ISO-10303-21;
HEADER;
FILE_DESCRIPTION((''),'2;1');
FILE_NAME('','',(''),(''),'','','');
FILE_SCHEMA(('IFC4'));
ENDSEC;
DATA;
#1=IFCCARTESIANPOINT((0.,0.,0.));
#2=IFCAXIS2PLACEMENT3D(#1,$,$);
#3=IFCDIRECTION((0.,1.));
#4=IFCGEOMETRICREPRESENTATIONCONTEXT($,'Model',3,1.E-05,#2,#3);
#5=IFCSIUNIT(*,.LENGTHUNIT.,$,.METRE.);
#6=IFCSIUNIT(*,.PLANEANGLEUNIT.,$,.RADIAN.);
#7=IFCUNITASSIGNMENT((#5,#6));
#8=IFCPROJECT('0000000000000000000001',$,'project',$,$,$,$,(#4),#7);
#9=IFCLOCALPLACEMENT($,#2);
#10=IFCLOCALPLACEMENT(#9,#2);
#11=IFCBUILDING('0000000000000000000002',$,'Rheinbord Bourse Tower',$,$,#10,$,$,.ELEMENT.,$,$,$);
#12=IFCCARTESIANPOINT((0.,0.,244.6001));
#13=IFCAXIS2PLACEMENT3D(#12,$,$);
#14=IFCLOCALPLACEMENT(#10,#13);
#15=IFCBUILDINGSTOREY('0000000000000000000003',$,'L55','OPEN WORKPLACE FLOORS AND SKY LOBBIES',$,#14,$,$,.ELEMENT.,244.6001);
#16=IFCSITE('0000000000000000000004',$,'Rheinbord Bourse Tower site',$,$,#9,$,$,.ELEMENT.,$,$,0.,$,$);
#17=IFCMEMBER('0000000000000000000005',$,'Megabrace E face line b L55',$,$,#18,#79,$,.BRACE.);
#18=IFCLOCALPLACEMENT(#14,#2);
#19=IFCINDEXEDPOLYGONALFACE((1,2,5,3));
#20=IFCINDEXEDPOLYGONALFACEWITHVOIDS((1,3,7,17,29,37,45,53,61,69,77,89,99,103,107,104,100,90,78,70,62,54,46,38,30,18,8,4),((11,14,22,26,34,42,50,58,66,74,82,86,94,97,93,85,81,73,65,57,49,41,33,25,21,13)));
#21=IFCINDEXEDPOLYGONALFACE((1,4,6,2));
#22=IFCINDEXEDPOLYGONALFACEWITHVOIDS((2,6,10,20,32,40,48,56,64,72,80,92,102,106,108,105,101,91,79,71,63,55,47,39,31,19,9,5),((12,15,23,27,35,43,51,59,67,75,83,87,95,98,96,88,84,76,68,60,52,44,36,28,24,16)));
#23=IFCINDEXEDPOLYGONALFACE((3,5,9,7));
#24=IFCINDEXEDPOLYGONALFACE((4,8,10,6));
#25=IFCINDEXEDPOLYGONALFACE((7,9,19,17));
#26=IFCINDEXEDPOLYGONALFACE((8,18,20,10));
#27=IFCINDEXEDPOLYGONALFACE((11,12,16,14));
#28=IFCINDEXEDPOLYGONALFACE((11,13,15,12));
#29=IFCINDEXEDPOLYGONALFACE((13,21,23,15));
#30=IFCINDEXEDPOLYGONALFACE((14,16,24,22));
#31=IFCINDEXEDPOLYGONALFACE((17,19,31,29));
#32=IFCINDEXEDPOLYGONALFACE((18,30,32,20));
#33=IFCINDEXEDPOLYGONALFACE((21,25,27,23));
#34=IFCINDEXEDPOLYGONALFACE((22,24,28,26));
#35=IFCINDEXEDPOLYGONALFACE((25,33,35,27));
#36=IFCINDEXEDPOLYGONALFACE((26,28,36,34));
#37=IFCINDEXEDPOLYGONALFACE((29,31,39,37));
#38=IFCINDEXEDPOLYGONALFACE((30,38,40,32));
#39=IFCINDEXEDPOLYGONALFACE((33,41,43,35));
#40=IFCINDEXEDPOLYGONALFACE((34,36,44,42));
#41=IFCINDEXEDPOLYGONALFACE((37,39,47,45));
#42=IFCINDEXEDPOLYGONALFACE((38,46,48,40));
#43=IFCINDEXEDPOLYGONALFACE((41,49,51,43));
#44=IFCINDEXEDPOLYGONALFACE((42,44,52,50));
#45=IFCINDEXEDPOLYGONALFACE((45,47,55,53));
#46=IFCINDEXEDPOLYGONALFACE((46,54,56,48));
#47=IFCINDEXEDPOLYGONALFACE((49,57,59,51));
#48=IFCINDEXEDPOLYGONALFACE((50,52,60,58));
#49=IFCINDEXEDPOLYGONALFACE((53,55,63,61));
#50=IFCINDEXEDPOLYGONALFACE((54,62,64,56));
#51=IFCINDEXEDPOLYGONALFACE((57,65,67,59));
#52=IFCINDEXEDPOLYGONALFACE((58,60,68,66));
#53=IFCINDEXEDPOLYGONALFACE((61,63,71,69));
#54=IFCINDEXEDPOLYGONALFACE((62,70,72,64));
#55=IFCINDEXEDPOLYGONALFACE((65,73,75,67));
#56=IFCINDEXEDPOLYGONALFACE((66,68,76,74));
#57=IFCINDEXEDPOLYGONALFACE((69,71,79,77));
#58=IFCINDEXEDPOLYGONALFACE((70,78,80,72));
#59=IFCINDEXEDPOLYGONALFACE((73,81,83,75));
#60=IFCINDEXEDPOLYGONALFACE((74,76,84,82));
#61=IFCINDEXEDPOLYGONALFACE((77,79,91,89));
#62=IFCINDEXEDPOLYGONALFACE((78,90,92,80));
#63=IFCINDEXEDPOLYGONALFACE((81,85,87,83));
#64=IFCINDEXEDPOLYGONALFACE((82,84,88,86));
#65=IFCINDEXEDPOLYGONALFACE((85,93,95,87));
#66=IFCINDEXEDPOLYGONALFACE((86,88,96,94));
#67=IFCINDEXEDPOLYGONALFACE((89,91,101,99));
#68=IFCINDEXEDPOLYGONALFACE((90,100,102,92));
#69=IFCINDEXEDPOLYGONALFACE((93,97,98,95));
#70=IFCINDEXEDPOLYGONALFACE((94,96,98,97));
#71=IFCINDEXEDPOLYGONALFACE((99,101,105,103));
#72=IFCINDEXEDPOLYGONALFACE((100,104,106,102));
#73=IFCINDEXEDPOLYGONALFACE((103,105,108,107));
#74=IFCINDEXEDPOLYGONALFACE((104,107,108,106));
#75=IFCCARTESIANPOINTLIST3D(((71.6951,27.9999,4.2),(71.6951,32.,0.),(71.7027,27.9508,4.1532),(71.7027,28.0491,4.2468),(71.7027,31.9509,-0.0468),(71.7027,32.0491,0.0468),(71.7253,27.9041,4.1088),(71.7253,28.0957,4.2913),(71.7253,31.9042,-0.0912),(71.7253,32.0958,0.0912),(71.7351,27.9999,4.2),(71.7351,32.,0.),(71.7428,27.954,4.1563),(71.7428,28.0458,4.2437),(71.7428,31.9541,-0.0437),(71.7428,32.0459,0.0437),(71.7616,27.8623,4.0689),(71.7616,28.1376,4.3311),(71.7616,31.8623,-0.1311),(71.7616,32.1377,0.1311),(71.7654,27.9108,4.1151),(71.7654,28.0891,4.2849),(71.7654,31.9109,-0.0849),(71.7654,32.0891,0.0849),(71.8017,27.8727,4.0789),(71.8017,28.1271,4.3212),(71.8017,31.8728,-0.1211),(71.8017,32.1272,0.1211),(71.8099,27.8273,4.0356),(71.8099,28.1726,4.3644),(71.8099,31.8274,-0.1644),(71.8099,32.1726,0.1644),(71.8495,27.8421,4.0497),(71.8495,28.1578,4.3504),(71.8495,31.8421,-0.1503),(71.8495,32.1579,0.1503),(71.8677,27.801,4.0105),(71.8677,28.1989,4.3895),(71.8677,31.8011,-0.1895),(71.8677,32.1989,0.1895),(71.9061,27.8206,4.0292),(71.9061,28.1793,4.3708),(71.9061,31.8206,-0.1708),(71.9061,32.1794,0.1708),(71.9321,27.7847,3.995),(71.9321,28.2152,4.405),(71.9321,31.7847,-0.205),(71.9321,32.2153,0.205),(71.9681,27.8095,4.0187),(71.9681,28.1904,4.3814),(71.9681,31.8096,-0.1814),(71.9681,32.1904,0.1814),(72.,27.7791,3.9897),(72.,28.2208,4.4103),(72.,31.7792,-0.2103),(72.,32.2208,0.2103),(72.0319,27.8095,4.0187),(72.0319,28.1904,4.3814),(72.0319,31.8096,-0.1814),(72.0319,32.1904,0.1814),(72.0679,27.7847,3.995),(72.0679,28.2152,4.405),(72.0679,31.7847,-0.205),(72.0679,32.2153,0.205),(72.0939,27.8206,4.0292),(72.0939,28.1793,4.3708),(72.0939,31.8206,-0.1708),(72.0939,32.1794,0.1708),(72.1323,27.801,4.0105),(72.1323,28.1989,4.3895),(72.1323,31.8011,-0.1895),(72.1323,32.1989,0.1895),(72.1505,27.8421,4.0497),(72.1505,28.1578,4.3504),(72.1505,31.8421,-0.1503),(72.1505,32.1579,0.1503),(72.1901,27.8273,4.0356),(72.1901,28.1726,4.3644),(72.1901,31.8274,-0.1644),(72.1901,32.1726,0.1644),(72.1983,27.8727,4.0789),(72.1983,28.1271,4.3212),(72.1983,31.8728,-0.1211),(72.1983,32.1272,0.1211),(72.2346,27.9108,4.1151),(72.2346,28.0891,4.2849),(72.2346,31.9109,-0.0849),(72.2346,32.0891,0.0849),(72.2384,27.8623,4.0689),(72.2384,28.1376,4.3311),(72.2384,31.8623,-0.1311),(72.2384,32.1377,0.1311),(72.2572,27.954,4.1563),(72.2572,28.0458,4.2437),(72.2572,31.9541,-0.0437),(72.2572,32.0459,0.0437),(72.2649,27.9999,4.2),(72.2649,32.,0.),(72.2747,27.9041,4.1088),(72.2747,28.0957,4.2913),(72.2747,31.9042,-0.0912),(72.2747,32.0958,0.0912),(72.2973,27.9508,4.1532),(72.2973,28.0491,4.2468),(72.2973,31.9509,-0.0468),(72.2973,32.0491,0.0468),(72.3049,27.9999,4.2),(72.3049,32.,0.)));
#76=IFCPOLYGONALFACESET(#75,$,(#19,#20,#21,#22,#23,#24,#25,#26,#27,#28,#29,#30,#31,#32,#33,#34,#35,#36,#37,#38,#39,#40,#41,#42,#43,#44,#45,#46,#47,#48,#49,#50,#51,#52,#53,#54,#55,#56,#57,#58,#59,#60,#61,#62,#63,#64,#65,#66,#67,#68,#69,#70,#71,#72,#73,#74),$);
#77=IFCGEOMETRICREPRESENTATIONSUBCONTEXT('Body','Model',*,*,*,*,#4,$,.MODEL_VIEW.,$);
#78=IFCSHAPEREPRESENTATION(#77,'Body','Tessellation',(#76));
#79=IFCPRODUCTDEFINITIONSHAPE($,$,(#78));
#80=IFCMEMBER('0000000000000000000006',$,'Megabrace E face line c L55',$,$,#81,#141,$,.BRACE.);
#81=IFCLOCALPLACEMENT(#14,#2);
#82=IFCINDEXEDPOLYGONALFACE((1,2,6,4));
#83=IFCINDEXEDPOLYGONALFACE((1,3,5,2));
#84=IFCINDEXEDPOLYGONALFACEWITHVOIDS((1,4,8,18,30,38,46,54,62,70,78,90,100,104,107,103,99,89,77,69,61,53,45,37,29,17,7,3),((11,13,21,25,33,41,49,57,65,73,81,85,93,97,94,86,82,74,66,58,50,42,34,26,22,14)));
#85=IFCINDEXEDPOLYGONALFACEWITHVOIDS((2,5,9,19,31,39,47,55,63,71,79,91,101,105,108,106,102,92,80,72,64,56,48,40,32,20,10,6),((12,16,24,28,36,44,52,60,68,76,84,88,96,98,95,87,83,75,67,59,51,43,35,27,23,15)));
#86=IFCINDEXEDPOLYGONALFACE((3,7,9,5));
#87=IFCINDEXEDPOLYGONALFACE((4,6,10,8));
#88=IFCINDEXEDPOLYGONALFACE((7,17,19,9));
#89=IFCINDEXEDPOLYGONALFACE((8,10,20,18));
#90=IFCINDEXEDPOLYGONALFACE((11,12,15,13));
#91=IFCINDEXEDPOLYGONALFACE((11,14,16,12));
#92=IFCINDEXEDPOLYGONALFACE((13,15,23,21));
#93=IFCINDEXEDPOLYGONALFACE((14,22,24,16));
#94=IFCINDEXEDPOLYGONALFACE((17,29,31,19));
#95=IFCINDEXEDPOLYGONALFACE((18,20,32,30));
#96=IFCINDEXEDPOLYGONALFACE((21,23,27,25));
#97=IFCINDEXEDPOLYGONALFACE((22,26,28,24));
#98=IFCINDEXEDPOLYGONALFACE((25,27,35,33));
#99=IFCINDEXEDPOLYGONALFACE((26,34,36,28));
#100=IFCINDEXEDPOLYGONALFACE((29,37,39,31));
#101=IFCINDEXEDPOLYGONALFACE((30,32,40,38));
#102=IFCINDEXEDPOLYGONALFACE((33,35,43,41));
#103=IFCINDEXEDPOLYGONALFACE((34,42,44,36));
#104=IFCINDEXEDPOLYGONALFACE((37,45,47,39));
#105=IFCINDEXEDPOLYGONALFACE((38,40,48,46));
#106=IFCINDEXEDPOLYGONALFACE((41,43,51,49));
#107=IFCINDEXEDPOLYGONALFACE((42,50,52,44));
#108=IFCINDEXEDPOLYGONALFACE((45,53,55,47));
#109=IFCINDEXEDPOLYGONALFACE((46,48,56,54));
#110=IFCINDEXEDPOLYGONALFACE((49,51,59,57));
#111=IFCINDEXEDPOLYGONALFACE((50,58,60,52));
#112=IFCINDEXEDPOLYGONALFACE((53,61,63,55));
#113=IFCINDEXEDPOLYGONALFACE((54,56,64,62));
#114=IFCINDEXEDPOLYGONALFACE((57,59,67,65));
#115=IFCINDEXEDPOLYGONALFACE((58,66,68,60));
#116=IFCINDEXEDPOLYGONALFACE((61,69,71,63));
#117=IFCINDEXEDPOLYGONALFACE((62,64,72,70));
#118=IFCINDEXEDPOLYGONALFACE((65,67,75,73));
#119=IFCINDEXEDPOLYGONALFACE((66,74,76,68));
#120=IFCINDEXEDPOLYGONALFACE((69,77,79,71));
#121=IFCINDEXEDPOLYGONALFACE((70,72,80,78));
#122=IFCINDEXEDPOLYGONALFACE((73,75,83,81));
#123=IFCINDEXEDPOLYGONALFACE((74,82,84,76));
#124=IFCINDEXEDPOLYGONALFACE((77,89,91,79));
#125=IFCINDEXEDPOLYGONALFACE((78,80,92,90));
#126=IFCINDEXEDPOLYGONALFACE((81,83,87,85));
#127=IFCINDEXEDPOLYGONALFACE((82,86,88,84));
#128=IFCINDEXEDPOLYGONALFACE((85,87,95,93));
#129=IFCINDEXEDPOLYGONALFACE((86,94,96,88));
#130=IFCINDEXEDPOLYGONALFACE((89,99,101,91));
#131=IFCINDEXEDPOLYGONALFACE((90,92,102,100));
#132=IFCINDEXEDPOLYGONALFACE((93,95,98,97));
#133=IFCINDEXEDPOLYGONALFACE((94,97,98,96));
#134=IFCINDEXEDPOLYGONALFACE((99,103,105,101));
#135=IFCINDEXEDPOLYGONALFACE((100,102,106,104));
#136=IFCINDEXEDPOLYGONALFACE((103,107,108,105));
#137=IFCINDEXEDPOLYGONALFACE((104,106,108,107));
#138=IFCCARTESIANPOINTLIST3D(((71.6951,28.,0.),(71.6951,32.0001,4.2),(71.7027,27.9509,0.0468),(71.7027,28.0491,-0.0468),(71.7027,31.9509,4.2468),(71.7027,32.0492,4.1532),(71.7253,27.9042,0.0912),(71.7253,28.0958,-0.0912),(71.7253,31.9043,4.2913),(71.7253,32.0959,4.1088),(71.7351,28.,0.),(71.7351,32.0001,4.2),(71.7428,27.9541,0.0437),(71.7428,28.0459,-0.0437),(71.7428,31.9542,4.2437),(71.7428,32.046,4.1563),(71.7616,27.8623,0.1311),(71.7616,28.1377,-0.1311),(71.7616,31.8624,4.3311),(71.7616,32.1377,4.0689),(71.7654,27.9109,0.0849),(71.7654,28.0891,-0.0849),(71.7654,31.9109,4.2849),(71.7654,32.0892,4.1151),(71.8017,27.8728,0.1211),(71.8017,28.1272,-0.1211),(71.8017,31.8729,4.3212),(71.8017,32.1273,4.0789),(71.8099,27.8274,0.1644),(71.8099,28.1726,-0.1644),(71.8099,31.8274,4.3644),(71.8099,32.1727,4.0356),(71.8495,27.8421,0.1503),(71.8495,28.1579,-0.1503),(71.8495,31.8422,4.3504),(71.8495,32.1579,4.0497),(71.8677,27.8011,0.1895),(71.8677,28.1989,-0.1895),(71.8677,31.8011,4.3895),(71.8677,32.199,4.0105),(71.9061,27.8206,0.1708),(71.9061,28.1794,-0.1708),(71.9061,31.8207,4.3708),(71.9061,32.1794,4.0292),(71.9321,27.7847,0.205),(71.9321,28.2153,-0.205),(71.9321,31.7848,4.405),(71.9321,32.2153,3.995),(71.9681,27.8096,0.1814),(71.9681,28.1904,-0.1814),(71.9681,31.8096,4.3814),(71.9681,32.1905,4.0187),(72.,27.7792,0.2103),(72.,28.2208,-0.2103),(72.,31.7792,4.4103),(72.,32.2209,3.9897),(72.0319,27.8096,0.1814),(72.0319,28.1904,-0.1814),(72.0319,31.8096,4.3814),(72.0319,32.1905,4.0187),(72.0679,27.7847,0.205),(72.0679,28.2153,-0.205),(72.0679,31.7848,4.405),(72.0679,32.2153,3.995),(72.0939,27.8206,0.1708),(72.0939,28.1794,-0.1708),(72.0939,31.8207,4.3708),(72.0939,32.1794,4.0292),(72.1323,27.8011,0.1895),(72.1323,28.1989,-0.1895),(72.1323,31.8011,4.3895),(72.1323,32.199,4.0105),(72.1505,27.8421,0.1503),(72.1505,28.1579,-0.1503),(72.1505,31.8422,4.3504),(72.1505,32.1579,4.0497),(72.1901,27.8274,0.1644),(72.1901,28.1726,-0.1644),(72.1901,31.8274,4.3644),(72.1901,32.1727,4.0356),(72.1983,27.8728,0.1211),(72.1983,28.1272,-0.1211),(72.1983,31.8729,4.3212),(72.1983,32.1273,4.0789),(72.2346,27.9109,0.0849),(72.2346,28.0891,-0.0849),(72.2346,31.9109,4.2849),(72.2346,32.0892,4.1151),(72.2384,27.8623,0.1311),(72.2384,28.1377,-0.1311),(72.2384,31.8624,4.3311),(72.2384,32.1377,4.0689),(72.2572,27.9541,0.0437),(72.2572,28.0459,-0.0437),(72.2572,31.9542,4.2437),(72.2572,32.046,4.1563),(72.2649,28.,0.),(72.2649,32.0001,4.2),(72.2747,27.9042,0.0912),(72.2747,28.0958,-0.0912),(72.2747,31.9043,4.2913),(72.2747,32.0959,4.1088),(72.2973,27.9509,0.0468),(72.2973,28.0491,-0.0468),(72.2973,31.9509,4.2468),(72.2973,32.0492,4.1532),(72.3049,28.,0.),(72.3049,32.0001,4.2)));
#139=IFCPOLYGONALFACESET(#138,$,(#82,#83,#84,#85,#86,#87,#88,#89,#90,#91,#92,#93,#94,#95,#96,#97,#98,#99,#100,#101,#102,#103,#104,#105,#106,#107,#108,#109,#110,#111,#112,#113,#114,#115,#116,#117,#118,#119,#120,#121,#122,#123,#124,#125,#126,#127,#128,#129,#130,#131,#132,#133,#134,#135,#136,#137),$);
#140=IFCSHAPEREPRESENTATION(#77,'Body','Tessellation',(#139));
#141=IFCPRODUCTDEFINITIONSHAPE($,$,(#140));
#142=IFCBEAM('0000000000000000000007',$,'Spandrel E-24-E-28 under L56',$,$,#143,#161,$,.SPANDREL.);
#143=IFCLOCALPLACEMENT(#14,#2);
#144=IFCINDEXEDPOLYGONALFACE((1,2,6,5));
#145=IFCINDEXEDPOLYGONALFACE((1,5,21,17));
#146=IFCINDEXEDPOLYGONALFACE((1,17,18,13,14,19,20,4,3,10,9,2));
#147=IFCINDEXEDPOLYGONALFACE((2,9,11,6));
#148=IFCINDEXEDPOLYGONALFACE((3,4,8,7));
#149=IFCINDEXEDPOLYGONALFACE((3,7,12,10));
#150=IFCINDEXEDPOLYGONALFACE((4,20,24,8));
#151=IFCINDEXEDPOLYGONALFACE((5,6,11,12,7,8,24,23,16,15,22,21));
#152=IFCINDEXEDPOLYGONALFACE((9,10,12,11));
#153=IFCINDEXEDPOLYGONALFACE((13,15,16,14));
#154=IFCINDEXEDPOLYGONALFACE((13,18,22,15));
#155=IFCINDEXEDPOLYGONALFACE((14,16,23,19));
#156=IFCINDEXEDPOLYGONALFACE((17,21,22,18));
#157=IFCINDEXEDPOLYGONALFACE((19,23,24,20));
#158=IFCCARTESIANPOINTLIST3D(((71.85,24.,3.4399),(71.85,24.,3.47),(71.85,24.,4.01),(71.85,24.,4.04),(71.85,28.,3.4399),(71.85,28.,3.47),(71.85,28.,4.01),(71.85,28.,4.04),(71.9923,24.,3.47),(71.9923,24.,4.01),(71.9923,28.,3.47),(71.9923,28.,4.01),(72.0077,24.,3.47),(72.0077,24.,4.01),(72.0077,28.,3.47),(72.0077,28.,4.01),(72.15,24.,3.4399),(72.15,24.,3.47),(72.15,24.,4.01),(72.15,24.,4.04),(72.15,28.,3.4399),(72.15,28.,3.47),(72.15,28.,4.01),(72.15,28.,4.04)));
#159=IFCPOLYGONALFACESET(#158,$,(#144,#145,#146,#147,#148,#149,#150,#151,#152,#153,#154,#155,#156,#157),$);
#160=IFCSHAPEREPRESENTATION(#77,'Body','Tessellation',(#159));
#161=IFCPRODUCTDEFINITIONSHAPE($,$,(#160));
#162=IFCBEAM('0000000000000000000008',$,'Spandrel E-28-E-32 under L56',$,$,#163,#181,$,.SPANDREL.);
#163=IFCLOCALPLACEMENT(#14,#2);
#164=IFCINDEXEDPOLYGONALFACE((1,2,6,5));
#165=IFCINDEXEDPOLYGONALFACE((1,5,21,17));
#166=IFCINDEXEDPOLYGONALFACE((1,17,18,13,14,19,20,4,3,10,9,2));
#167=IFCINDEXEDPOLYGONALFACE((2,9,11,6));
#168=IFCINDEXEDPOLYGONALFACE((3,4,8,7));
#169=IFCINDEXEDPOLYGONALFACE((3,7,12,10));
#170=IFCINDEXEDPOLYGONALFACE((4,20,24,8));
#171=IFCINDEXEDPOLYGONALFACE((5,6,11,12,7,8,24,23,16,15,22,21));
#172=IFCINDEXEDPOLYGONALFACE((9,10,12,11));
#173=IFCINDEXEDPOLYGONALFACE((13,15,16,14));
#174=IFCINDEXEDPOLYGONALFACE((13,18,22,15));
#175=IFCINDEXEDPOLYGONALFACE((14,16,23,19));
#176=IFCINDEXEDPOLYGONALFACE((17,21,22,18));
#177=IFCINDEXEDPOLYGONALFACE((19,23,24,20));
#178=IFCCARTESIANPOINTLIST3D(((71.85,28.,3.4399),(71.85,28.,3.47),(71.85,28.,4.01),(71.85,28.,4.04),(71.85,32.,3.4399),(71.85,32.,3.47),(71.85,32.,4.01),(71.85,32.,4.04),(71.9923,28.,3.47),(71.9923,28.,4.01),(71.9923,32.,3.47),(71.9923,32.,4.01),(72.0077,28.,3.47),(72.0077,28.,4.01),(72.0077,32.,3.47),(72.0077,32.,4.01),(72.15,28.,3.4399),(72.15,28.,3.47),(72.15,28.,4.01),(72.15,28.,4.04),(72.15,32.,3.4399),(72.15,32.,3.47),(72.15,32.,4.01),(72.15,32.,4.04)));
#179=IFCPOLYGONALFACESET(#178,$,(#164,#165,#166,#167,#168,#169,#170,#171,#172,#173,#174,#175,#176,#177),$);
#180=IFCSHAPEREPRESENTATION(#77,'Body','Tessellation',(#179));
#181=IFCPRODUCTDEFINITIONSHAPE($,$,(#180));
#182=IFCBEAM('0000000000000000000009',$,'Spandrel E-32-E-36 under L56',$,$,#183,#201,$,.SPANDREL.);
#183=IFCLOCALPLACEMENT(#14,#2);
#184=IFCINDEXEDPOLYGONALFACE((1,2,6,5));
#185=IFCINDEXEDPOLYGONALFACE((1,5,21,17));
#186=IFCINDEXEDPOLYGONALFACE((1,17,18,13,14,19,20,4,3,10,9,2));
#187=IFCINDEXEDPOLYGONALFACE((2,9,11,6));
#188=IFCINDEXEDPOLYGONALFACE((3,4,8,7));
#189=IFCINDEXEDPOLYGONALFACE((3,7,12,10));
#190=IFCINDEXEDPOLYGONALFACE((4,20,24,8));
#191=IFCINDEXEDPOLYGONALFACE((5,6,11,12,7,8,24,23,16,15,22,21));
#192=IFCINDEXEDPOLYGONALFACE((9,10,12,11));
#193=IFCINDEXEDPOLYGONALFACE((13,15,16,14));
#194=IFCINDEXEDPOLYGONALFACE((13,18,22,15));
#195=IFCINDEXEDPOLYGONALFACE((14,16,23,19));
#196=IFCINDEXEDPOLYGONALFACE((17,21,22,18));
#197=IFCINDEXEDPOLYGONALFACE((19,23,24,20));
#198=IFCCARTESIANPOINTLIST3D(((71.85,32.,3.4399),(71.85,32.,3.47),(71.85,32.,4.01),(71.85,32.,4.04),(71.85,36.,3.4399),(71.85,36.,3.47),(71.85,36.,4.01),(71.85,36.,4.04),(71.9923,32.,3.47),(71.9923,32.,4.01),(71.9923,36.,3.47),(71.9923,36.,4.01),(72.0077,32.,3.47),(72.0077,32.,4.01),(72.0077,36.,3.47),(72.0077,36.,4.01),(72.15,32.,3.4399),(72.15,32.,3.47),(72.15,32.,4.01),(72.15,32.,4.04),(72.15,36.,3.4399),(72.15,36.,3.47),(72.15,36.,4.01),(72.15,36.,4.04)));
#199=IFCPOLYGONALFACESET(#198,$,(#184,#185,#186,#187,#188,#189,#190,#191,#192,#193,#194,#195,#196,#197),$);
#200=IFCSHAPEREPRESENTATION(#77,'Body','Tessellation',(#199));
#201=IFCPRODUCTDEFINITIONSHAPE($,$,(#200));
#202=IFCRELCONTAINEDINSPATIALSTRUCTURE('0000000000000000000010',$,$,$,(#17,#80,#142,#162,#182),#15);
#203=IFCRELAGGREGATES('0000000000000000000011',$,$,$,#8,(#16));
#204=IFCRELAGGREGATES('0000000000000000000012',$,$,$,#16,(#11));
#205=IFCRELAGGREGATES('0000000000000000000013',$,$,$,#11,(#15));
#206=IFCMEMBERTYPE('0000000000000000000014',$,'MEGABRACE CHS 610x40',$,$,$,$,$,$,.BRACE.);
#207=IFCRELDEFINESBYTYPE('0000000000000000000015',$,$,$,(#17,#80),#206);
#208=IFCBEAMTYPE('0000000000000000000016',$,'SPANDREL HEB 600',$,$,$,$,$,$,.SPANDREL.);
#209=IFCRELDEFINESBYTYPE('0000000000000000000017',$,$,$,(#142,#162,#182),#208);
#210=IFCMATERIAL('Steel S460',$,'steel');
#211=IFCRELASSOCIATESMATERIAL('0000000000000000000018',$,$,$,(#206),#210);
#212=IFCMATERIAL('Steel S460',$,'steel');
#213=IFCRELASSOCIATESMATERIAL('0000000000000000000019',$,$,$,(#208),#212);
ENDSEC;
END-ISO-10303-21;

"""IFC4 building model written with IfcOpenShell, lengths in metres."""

from ifc_helpers import new_model, si_unit, direction, frame, origin, origin_2d, place, context, subcontext, project, spatial, hollow_circle, i_section, extrude, material, material_profile, profile_set, type_object, element, save


model = new_model("IFC4")

# Units and contexts
model_context = context("Model", 3, precision=1e-05, world=origin(), true_north=direction((0.0, 1.0)))
body_context = subcontext(model_context, "Body", "Model", "MODEL_VIEW")
ifc_project = project(units=[si_unit("LENGTHUNIT", "METRE"), si_unit("PLANEANGLEUNIT", "RADIAN")], contexts=[model_context])

# Site, building, storey
site_placement = place(None, origin())
site = spatial("IfcSite", under=ifc_project, at=site_placement, Name="Rheinbord Bourse Tower site", CompositionType="ELEMENT", RefElevation=0.0)
building_placement = place(site_placement, origin())
building = spatial("IfcBuilding", under=site, at=building_placement, Name="Rheinbord Bourse Tower", CompositionType="ELEMENT")
storey_placement = place(building_placement, frame((0.0, 0.0, 244.6001)))
storey = spatial("IfcBuildingStorey", under=building, at=storey_placement, Name="L55", Description="OPEN WORKPLACE FLOORS AND SKY LOBBIES", CompositionType="ELEMENT", Elevation=244.6001)

# Members
ifc_material_1 = material(Name="Steel S460", Category="steel")
ifc_material_profile_1 = material_profile(ifc_material_1, hollow_circle(Radius=0.3049, WallThickness=0.04, at=origin_2d()), Name="CHS 610x40")
ifc_profile_set_1 = profile_set([ifc_material_profile_1], Name="Steel S460")
member_type_1 = type_object("IfcMemberType", Name="MEGABRACE CHS 610x40", PredefinedType="BRACE", material=ifc_profile_set_1)
for number, where, z_axis, x_axis, name in (
    (1, (72.0, 32.0, 0.0), (0.0, -0.689659, 0.724134), (1.0, 0.0, 0.0), "Megabrace E face line b L55"),
    (2, (72.0, 28.0, 0.0), (0.0, 0.689659, 0.724134), (-1.0, 0.0, 0.0), "Megabrace E face line c L55"),
):
    element("IfcMember", number, at=place(storey_placement, frame(where, z_axis=z_axis, x_axis=x_axis)), inside=storey, type_object=member_type_1, Name=name, PredefinedType="BRACE", context=body_context, shape_type="SweptSolid", body=[
        extrude(hollow_circle(Radius=0.3049, WallThickness=0.04, at=origin_2d()), origin(), (0.0, 0.0, 1.0), 5.8),
    ])

# Beams
ifc_material_2 = material(Name="Steel S460", Category="steel")
ifc_material_profile_2 = material_profile(ifc_material_2, i_section(OverallWidth=0.3, OverallDepth=0.6001, WebThickness=0.0154, FlangeThickness=0.03, at=origin_2d()), Name="HEB 600")
ifc_profile_set_2 = profile_set([ifc_material_profile_2], Name="Steel S460")
beam_type_1 = type_object("IfcBeamType", Name="SPANDREL HEB 600", PredefinedType="SPANDREL", material=ifc_profile_set_2)
for number, where, z_axis, x_axis, name in (
    (3, (72.0, 24.0, 3.74), (0.0, 1.0, 0.0), (-1.0, 0.0, 0.0), "Spandrel E-24-E-28 under L56"),
    (4, (72.0, 28.0, 3.74), (0.0, 1.0, 0.0), (-1.0, 0.0, 0.0), "Spandrel E-28-E-32 under L56"),
    (5, (72.0, 32.0, 3.74), (0.0, 1.0, 0.0), (-1.0, 0.0, 0.0), "Spandrel E-32-E-36 under L56"),
):
    element("IfcBeam", number, at=place(storey_placement, frame(where, z_axis=z_axis, x_axis=x_axis)), inside=storey, type_object=beam_type_1, Name=name, PredefinedType="SPANDREL", context=body_context, shape_type="SweptSolid", body=[
        extrude(i_section(OverallWidth=0.3, OverallDepth=0.6001, WebThickness=0.0154, FlangeThickness=0.03, at=origin_2d()), origin(), (0.0, 0.0, 1.0), 4.0),
    ])

save(model, "model.ifc")
